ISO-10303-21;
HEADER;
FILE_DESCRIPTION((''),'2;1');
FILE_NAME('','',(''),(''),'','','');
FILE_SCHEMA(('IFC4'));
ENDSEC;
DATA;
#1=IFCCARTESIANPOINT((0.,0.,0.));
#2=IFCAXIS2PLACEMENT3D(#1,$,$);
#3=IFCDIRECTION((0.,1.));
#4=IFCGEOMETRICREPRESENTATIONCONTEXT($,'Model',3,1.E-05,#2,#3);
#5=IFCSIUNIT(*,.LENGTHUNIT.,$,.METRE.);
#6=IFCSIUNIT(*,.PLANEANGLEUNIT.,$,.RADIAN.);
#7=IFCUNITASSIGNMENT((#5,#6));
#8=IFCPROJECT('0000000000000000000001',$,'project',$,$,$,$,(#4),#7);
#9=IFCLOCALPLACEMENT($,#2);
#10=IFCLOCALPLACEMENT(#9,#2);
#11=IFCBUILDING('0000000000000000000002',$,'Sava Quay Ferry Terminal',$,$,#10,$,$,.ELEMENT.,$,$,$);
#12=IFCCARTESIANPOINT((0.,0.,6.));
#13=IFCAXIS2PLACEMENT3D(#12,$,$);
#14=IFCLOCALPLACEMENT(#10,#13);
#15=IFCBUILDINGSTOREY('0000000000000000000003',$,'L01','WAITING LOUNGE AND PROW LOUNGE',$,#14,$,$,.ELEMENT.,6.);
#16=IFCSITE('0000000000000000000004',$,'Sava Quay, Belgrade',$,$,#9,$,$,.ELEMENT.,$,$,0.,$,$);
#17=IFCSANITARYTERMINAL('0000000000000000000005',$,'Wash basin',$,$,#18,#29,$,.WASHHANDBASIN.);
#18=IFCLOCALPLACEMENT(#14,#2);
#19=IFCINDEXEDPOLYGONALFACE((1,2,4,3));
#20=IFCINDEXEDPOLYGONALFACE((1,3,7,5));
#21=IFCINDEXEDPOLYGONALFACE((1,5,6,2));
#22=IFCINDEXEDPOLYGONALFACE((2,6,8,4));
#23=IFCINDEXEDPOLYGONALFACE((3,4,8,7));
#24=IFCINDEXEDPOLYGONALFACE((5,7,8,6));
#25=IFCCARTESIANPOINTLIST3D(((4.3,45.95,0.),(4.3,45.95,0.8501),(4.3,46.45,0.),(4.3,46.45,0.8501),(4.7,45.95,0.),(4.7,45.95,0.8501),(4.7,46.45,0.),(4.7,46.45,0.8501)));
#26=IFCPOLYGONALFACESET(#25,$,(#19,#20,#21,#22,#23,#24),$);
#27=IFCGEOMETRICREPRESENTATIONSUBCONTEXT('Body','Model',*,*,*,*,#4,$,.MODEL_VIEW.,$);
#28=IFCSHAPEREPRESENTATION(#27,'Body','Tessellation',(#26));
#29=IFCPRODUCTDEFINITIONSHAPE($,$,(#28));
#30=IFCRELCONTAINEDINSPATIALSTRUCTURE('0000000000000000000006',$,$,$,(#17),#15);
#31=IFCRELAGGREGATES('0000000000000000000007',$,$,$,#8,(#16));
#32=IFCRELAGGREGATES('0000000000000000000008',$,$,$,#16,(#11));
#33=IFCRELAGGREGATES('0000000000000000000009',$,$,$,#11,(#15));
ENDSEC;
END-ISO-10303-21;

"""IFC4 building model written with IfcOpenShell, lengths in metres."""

from ifc_helpers import new_model, si_unit, direction, frame, origin, origin_2d, place, context, subcontext, project, spatial, rectangle, extrude, element, save


model = new_model("IFC4")

# Units and contexts
model_context = context("Model", 3, precision=1e-05, world=origin(), true_north=direction((0.0, 1.0)))
body_context = subcontext(model_context, "Body", "Model", "MODEL_VIEW")
ifc_project = project(units=[si_unit("LENGTHUNIT", "METRE"), si_unit("PLANEANGLEUNIT", "RADIAN")], contexts=[model_context])

# Site, building, storey
site_placement = place(None, origin())
site = spatial("IfcSite", under=ifc_project, at=site_placement, Name="Sava Quay, Belgrade", CompositionType="ELEMENT", RefElevation=0.0)
building_placement = place(site_placement, origin())
building = spatial("IfcBuilding", under=site, at=building_placement, Name="Sava Quay Ferry Terminal", CompositionType="ELEMENT")
storey_placement = place(building_placement, frame((0.0, 0.0, 6.0)))
storey = spatial("IfcBuildingStorey", under=building, at=storey_placement, Name="L01", Description="WAITING LOUNGE AND PROW LOUNGE", CompositionType="ELEMENT", Elevation=6.0)

# Sanitary terminal
sanitary_terminal_1_placement = place(storey_placement, frame((4.5, 46.2, 0.0), z_axis=(0.0, 0.0, 1.0), x_axis=(1.0, 0.0, 0.0)))
element("IfcSanitaryTerminal", 1, at=sanitary_terminal_1_placement, inside=storey, Name="Wash basin", PredefinedType="WASHHANDBASIN", context=body_context, shape_type="SweptSolid", body=[
    extrude(rectangle(XDim=0.3999, YDim=0.5, at=origin_2d()), origin(), (0.0, 0.0, 1.0), 0.8501),
])

save(model, "model.ifc")
